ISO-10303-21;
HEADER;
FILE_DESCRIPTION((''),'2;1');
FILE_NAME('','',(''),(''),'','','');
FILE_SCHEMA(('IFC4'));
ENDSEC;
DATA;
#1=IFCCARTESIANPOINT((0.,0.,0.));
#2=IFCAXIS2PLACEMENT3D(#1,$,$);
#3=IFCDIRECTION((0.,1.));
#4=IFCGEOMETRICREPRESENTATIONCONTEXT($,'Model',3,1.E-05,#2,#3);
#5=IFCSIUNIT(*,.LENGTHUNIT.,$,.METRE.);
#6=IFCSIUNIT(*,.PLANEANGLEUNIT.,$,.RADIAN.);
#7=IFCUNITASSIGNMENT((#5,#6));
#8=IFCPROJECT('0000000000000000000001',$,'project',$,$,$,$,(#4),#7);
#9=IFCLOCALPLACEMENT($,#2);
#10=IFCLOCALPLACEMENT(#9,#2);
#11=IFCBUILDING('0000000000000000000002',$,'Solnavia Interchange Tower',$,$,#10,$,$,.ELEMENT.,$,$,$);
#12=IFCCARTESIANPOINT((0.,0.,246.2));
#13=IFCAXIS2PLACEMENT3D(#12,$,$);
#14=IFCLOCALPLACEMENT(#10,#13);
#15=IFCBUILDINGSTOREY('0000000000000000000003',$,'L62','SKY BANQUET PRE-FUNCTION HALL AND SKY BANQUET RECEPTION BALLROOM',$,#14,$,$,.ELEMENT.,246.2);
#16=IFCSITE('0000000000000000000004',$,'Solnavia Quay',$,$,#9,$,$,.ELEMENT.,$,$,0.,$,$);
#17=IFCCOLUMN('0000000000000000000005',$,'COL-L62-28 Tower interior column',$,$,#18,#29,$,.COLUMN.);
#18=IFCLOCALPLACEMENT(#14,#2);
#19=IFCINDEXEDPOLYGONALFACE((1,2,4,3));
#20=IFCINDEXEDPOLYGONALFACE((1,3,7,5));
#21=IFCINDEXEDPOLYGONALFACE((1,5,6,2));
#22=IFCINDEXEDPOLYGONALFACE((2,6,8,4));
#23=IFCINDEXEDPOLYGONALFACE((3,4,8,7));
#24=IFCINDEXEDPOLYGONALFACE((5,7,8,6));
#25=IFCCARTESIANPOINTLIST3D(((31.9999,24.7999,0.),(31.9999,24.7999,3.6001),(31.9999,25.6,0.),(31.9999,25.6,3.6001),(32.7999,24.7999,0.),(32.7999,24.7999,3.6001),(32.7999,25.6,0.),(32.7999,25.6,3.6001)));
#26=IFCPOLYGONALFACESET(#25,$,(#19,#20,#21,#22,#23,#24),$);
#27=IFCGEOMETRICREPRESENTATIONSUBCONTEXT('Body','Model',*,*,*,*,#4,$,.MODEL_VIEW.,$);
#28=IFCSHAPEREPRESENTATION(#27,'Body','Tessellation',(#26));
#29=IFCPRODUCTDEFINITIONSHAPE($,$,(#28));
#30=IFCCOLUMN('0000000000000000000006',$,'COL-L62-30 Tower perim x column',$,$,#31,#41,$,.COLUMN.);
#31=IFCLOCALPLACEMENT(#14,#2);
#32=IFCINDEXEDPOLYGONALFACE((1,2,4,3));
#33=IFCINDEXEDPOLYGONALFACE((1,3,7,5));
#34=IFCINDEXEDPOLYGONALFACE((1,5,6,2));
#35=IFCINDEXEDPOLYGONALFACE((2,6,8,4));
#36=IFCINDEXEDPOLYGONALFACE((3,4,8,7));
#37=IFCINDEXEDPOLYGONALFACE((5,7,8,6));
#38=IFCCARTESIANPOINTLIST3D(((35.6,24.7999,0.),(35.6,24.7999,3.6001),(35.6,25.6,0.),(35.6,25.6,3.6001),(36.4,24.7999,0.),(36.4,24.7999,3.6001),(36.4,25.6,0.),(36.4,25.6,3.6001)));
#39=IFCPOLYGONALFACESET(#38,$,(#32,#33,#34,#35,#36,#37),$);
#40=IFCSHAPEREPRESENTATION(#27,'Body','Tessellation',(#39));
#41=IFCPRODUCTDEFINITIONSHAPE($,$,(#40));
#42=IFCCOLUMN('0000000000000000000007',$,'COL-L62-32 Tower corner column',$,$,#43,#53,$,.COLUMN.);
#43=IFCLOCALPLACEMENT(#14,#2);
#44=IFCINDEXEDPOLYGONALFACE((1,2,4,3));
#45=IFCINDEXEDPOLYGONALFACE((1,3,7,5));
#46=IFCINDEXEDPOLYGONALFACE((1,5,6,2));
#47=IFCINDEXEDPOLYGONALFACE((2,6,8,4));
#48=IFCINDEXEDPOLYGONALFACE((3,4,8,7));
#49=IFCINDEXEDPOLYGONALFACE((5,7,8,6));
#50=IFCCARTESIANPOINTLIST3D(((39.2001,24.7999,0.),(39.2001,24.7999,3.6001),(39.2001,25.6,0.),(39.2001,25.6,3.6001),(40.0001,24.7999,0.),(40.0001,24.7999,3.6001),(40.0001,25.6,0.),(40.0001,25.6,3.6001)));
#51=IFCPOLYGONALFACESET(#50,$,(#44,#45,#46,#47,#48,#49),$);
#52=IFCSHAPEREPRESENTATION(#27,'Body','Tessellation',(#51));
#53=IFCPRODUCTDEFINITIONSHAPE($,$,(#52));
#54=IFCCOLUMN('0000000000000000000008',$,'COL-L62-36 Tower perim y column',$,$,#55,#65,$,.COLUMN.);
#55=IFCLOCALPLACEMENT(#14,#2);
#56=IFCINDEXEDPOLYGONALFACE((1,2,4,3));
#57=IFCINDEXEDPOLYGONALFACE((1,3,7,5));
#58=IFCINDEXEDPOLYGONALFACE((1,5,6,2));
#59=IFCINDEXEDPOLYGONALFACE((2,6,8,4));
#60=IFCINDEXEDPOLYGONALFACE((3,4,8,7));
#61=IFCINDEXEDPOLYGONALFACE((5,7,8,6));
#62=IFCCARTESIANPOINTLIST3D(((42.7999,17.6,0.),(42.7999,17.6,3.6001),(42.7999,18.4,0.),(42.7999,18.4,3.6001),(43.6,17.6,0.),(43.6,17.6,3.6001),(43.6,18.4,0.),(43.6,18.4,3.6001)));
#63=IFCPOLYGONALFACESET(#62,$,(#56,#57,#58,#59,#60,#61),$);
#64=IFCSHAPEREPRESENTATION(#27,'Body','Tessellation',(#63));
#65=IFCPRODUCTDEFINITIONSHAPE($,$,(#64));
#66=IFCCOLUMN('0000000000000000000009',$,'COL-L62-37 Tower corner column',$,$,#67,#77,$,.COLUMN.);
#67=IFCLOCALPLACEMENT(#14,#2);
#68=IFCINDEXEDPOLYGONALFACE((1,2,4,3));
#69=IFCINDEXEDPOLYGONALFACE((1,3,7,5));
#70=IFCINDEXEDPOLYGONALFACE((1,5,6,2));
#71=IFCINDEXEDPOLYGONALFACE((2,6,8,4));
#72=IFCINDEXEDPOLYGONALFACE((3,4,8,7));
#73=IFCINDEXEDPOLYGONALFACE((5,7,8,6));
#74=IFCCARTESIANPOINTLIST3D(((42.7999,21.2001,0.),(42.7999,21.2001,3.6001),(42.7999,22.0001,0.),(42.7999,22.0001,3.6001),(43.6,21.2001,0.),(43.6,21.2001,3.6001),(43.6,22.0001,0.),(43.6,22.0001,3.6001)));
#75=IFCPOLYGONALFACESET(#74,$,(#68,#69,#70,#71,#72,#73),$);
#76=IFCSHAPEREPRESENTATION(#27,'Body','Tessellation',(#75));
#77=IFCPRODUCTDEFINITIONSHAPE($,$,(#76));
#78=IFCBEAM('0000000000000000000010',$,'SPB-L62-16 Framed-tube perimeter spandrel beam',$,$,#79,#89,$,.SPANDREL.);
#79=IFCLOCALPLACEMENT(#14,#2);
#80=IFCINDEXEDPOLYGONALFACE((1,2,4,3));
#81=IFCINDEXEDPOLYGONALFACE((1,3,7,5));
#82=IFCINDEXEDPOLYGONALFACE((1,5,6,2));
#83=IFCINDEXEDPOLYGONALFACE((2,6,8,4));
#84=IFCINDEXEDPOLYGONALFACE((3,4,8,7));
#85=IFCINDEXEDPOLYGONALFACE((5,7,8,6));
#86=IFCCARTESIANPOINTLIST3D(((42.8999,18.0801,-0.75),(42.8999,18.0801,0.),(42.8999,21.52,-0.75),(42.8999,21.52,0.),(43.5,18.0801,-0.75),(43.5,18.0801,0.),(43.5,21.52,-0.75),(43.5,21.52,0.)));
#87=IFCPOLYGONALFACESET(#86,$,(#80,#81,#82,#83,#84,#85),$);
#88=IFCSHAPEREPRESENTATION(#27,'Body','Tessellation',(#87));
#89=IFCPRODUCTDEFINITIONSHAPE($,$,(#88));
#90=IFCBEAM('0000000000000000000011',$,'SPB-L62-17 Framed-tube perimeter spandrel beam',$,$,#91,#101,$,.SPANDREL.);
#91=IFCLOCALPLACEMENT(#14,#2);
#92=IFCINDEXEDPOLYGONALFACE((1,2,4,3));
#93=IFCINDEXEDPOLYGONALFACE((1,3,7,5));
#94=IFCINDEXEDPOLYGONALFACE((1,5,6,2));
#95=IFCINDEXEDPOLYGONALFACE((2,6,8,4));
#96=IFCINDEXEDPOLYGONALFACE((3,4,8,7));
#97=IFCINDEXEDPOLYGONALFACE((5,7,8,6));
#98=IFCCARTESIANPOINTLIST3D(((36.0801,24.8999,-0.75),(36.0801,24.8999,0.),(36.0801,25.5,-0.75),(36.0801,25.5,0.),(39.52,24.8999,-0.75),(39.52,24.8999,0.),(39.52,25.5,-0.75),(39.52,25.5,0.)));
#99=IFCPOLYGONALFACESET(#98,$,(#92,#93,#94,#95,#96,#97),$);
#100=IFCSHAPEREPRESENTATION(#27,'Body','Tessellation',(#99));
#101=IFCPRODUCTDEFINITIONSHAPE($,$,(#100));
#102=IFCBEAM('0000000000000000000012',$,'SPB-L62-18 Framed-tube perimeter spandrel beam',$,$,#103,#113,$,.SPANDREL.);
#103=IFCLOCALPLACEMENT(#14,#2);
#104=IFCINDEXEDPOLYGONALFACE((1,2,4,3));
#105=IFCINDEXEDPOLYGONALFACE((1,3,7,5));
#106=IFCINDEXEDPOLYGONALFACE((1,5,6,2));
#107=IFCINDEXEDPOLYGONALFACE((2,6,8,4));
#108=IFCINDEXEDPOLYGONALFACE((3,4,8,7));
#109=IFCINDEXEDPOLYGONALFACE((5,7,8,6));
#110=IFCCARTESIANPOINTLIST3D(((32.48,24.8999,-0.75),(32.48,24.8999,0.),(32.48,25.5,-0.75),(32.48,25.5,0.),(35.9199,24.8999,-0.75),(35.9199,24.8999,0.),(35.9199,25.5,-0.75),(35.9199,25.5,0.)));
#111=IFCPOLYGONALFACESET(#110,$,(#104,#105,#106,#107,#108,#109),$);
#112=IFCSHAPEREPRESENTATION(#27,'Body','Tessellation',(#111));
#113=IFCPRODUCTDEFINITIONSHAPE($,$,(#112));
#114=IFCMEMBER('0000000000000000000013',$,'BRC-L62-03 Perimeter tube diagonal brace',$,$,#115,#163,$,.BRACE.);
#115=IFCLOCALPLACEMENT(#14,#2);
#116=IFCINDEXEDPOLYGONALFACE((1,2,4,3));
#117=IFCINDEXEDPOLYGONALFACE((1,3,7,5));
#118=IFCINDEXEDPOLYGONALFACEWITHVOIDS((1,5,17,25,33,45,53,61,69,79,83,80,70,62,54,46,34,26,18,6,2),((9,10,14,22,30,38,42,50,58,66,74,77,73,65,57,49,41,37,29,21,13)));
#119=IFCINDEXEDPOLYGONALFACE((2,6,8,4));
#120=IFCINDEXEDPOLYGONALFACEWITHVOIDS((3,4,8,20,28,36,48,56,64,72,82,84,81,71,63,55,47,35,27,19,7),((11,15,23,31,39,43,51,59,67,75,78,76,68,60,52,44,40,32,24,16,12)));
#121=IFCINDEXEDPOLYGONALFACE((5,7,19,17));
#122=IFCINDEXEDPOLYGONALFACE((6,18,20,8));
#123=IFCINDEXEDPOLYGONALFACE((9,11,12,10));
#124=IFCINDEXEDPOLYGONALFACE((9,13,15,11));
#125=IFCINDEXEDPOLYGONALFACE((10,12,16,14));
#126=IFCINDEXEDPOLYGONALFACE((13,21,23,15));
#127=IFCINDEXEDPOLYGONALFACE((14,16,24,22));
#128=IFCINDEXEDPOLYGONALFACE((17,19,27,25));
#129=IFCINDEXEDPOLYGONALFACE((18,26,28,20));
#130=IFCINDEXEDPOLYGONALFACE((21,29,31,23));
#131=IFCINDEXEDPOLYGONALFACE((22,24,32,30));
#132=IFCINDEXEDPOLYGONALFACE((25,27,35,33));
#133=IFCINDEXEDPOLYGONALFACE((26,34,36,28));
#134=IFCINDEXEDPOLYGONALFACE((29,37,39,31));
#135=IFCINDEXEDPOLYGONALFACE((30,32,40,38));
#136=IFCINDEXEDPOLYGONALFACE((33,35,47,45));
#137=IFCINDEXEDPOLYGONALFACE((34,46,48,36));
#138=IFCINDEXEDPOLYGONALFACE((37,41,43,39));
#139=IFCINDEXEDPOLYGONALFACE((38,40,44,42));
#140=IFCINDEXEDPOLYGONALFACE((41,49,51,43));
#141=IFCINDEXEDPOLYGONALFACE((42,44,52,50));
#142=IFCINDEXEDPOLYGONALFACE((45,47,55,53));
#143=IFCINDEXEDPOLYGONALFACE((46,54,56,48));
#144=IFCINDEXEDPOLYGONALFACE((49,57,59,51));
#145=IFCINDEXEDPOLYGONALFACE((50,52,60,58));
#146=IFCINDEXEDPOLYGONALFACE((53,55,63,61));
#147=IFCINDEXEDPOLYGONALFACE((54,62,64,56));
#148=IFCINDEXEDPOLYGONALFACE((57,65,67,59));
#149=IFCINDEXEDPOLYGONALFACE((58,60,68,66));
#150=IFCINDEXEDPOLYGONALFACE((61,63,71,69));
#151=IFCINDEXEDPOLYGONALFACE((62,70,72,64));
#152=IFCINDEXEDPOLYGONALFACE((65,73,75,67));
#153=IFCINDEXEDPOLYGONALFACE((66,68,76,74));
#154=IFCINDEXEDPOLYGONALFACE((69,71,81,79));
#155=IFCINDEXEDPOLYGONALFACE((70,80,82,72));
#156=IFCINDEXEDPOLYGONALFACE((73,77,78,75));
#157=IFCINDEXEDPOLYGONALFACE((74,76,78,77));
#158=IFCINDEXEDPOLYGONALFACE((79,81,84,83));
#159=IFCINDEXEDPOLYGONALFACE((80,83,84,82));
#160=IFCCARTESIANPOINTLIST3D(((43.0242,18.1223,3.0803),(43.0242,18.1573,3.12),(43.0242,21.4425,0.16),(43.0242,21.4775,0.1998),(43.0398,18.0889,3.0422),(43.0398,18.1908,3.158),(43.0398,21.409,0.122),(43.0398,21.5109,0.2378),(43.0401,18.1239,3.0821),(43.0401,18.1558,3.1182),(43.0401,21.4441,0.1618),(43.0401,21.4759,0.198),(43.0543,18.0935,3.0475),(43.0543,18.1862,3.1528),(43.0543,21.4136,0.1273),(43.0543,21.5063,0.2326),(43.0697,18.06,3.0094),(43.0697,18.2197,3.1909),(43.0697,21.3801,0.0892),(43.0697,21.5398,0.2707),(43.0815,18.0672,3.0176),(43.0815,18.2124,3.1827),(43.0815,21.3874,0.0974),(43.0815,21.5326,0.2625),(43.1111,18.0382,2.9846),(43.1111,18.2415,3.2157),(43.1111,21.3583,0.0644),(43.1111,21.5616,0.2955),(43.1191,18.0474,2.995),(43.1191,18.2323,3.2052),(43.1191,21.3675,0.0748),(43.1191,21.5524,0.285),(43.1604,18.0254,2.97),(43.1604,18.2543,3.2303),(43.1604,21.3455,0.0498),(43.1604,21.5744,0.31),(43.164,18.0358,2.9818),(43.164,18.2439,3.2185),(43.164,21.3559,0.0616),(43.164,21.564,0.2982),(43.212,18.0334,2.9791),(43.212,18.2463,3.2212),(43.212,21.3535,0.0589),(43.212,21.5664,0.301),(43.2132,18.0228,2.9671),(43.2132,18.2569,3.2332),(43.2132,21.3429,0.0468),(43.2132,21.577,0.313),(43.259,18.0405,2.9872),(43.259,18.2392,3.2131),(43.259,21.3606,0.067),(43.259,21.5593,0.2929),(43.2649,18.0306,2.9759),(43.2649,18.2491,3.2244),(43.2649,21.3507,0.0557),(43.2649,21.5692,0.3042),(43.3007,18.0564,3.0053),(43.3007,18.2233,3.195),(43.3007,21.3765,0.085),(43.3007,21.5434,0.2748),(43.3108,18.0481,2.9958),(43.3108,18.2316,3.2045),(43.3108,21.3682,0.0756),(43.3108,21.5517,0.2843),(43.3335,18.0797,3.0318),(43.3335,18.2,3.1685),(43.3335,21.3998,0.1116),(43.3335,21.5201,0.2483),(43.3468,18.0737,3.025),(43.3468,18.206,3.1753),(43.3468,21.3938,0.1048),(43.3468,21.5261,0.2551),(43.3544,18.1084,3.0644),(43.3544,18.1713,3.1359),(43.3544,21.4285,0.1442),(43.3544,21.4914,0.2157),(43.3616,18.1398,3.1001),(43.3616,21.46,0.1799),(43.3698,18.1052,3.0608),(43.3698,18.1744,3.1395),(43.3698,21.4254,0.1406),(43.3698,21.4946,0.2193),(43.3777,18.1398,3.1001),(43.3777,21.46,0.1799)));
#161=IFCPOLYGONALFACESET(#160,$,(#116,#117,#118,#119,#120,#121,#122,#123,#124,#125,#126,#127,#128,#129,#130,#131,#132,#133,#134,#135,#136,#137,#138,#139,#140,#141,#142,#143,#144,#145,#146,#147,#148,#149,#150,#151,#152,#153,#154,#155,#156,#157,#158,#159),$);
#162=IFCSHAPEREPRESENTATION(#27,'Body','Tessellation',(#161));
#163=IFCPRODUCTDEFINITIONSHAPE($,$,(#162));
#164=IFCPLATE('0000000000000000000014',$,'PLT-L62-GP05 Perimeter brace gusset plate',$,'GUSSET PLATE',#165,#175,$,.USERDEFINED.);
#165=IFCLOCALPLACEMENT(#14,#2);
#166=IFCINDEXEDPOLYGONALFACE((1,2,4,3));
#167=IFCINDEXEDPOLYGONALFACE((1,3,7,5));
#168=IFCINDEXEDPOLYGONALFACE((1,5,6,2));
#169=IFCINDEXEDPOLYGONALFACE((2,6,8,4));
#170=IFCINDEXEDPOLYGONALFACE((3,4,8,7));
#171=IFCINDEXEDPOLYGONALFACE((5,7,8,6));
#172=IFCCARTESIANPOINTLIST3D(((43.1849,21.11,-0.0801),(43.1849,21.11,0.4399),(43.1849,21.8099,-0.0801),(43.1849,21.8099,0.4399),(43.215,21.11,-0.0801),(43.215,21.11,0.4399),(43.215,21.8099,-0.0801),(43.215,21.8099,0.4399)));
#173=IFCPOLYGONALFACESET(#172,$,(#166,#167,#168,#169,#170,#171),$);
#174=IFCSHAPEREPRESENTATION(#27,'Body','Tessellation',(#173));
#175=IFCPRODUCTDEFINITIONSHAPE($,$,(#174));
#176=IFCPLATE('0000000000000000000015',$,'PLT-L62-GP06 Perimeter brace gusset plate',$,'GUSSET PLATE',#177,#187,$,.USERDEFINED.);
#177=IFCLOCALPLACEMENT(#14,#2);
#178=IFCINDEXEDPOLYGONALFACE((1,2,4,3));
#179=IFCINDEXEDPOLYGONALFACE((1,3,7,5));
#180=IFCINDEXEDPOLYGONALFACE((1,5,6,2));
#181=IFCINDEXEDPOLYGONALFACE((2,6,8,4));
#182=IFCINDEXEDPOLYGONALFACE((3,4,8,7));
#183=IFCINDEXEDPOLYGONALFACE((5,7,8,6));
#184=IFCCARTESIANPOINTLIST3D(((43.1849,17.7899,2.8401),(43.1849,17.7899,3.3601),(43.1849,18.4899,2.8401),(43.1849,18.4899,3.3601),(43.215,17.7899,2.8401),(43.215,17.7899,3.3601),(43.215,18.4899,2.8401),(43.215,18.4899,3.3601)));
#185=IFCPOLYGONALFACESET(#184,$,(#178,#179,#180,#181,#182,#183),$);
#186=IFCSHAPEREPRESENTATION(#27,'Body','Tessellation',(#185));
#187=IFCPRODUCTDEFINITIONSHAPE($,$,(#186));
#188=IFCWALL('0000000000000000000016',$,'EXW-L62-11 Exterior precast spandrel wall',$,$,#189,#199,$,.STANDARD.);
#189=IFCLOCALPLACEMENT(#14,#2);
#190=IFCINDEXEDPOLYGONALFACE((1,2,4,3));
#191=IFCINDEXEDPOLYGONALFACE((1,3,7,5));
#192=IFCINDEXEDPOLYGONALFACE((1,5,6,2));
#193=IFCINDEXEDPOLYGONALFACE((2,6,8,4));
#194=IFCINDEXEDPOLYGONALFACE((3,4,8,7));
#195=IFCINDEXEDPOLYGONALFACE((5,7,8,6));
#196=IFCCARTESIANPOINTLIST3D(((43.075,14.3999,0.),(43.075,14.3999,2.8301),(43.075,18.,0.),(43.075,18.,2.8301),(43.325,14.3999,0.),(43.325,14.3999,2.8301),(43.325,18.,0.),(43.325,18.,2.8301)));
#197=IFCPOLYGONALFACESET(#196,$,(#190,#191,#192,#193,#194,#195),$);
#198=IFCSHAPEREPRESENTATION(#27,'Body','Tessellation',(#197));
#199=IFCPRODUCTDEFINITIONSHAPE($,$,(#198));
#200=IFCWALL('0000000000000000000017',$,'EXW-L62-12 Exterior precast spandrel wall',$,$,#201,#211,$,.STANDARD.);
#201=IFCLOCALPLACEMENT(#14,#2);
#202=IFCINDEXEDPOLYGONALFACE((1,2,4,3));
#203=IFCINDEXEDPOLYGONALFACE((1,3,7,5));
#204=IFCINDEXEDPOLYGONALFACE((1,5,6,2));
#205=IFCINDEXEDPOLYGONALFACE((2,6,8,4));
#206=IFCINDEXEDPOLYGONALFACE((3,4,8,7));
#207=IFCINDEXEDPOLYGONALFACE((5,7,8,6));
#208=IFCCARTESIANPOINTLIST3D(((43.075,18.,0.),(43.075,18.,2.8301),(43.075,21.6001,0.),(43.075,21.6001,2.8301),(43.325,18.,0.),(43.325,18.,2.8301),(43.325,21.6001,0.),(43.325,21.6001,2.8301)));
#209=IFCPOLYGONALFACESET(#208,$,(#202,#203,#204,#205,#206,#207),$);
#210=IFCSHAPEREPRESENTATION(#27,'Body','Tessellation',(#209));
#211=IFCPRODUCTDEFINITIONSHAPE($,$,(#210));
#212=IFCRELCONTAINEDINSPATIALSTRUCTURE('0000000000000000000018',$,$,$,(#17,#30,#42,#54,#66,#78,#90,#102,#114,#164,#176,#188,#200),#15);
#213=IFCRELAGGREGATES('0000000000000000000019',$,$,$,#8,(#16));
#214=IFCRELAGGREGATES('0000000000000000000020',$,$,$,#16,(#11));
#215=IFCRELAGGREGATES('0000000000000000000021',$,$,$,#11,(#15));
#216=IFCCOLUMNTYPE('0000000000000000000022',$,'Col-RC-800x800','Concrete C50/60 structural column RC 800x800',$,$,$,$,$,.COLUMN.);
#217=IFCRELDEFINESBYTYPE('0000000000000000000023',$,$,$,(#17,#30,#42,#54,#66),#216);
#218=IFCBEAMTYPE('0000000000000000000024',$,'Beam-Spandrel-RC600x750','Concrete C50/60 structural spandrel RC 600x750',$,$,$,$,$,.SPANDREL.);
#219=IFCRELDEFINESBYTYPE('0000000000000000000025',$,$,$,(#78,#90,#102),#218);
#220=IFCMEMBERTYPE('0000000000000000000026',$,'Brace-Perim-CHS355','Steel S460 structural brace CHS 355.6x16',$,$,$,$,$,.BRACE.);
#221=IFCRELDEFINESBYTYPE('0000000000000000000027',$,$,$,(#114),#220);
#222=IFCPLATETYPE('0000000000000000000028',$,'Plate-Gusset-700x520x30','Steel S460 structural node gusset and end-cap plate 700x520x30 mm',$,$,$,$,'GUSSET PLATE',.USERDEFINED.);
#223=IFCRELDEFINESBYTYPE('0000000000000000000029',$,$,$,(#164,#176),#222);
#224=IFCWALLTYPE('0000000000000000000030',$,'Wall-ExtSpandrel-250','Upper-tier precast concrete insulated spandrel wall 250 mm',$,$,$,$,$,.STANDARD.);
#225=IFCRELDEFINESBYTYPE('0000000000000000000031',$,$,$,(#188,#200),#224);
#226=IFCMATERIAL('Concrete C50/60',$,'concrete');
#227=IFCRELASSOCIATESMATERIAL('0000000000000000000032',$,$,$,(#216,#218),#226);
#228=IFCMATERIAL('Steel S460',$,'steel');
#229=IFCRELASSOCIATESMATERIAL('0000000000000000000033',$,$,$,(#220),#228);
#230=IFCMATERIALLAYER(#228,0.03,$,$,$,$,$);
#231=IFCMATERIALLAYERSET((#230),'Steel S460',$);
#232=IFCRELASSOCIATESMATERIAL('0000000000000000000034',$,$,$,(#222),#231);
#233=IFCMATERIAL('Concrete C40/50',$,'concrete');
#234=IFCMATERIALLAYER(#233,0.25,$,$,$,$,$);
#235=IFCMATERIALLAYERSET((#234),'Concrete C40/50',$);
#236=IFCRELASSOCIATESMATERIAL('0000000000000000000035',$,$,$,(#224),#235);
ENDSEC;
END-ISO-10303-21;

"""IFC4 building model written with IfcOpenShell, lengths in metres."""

from ifc_helpers import new_model, si_unit, direction, frame, frame_2d, origin, origin_2d, place, context, subcontext, project, spatial, rectangle, hollow_circle, extrude, material, layer, layer_set, material_profile, profile_set, type_object, element, save


model = new_model("IFC4")

# Units and contexts
model_context = context("Model", 3, precision=1e-05, world=origin(), true_north=direction((0.0, 1.0)))
body_context = subcontext(model_context, "Body", "Model", "MODEL_VIEW")
ifc_project = project(units=[si_unit("LENGTHUNIT", "METRE"), si_unit("PLANEANGLEUNIT", "RADIAN")], contexts=[model_context])

# Site, building, storey
site_placement = place(None, origin())
site = spatial("IfcSite", under=ifc_project, at=site_placement, Name="Solnavia Quay", CompositionType="ELEMENT", RefElevation=0.0)
building_placement = place(site_placement, origin())
building = spatial("IfcBuilding", under=site, at=building_placement, Name="Solnavia Interchange Tower", CompositionType="ELEMENT")
storey_placement = place(building_placement, frame((0.0, 0.0, 246.2)))
storey = spatial("IfcBuildingStorey", under=building, at=storey_placement, Name="L62", Description="SKY BANQUET PRE-FUNCTION HALL AND SKY BANQUET RECEPTION BALLROOM", CompositionType="ELEMENT", Elevation=246.2)

# Columns
ifc_material_1 = material(Name="Concrete C50/60", Category="concrete")
ifc_material_profile_1 = material_profile(ifc_material_1, rectangle(XDim=0.8, YDim=0.8, at=origin_2d()), Name="RC 800x800")
ifc_profile_set_1 = profile_set([ifc_material_profile_1], Name="Concrete C50/60")
column_type = type_object("IfcColumnType", Name="Col-RC-800x800", Description="Concrete C50/60 structural column RC 800x800", PredefinedType="COLUMN", material=ifc_profile_set_1)
for number, where, z_axis, x_axis, name in (
    (1, (32.3999, 25.2, 0.0), (0.0, 0.0, 1.0), (1.0, 0.0, 0.0), "COL-L62-28 Tower interior column"),
    (2, (36.0, 25.2, 0.0), (0.0, 0.0, 1.0), (1.0, 0.0, 0.0), "COL-L62-30 Tower perim x column"),
    (3, (39.6001, 25.2, 0.0), (0.0, 0.0, 1.0), (1.0, 0.0, 0.0), "COL-L62-32 Tower corner column"),
    (4, (43.2, 18.0, 0.0), (0.0, 0.0, 1.0), (0.0, 1.0, 0.0), "COL-L62-36 Tower perim y column"),
    (5, (43.2, 21.6001, 0.0), (0.0, 0.0, 1.0), (0.0, 1.0, 0.0), "COL-L62-37 Tower corner column"),
):
    element("IfcColumn", number, at=place(storey_placement, frame(where, z_axis=z_axis, x_axis=x_axis)), inside=storey, type_object=column_type, Name=name, PredefinedType="COLUMN", context=body_context, shape_type="SweptSolid", body=[
        extrude(rectangle(XDim=0.8, YDim=0.8, at=origin_2d()), origin(), (0.0, 0.0, 1.0), 3.6001),
    ])

# Beams
ifc_material_profile_2 = material_profile(ifc_material_1, rectangle(XDim=0.6001, YDim=0.75, at=origin_2d()), Name="RC 600x750")
ifc_profile_set_2 = profile_set([ifc_material_profile_2], Name="Concrete C50/60")
beam_type = type_object("IfcBeamType", Name="Beam-Spandrel-RC600x750", Description="Concrete C50/60 structural spandrel RC 600x750", PredefinedType="SPANDREL", material=ifc_profile_set_2)
for number, where, z_axis, x_axis, name in (
    (6, (43.2, 18.0801, -0.375), (0.0, 1.0, 0.0), (-1.0, 0.0, 0.0), "SPB-L62-16 Framed-tube perimeter spandrel beam"),
    (7, (39.52, 25.2, -0.375), (-1.0, 0.0, 0.0), (0.0, -1.0, 0.0), "SPB-L62-17 Framed-tube perimeter spandrel beam"),
    (8, (35.9199, 25.2, -0.375), (-1.0, 0.0, 0.0), (0.0, -1.0, 0.0), "SPB-L62-18 Framed-tube perimeter spandrel beam"),
):
    element("IfcBeam", number, at=place(storey_placement, frame(where, z_axis=z_axis, x_axis=x_axis)), inside=storey, type_object=beam_type, Name=name, PredefinedType="SPANDREL", context=body_context, shape_type="SweptSolid", body=[
        extrude(rectangle(XDim=0.6001, YDim=0.75, at=origin_2d()), origin(), (0.0, 0.0, 1.0), 3.4399),
    ])

# Member
ifc_material_2 = material(Name="Steel S460", Category="steel")
ifc_material_profile_3 = material_profile(ifc_material_2, hollow_circle(Radius=0.1777, WallThickness=0.0161, at=origin_2d()), Name="CHS 355.6x16")
ifc_profile_set_3 = profile_set([ifc_material_profile_3], Name="Steel S460")
member_type = type_object("IfcMemberType", Name="Brace-Perim-CHS355", Description="Steel S460 structural brace CHS 355.6x16", PredefinedType="BRACE", material=ifc_profile_set_3)
member_placement = place(storey_placement, frame((43.2, 21.46, 0.1799), z_axis=(0.0, -0.750881, 0.660437), x_axis=(1.0, 0.0, 0.0)))
element("IfcMember", 9, at=member_placement, inside=storey, type_object=member_type, Name="BRC-L62-03 Perimeter tube diagonal brace", PredefinedType="BRACE", context=body_context, shape_type="SweptSolid", body=[
    extrude(hollow_circle(Radius=0.1777, WallThickness=0.0161, at=origin_2d()), origin(), (0.0, 0.0, 1.0), 4.4216),
])

# Plates
ifc_layer_1 = layer(ifc_material_2, 0.03)
ifc_layer_set_1 = layer_set([ifc_layer_1], Name="Steel S460")
plate_type = type_object("IfcPlateType", Name="Plate-Gusset-700x520x30", Description="Steel S460 structural node gusset and end-cap plate 700x520x30 mm", ElementType="GUSSET PLATE", PredefinedType="USERDEFINED", material=ifc_layer_set_1)
for number, where, z_axis, x_axis, name in (
    (10, (43.2, 21.46, -0.0801), (0.0, 0.0, 1.0), (0.0, -1.0, 0.0), "PLT-L62-GP05 Perimeter brace gusset plate"),
    (11, (43.2, 18.1399, 2.8401), (0.0, 0.0, 1.0), (0.0, -1.0, 0.0), "PLT-L62-GP06 Perimeter brace gusset plate"),
):
    element("IfcPlate", number, at=place(storey_placement, frame(where, z_axis=z_axis, x_axis=x_axis)), inside=storey, type_object=plate_type, Name=name, ObjectType="GUSSET PLATE", PredefinedType="USERDEFINED", context=body_context, shape_type="SweptSolid", body=[
        extrude(rectangle(XDim=0.7, YDim=0.03, at=origin_2d()), origin(), (0.0, 0.0, 1.0), 0.52),
    ])

# Walls
ifc_material_3 = material(Name="Concrete C40/50", Category="concrete")
ifc_layer_2 = layer(ifc_material_3, 0.25)
ifc_layer_set_2 = layer_set([ifc_layer_2], Name="Concrete C40/50")
wall_type_1 = type_object("IfcWallType", Name="Wall-ExtSpandrel-250", Description="Upper-tier precast concrete insulated spandrel wall 250 mm", PredefinedType="STANDARD", material=ifc_layer_set_2)
for number, where, z_axis, x_axis, name in (
    (12, (43.2, 18.0, 0.0), (0.0, 0.0, 1.0), (0.0, -1.0, 0.0), "EXW-L62-11 Exterior precast spandrel wall"),
    (13, (43.2, 21.6001, 0.0), (0.0, 0.0, 1.0), (0.0, -1.0, 0.0), "EXW-L62-12 Exterior precast spandrel wall"),
):
    element("IfcWall", number, at=place(storey_placement, frame(where, z_axis=z_axis, x_axis=x_axis)), inside=storey, type_object=wall_type_1, Name=name, PredefinedType="STANDARD", context=body_context, shape_type="SweptSolid", body=[
        extrude(rectangle(XDim=3.6001, YDim=0.25, at=frame_2d((1.8, 0.0))), origin(), (0.0, 0.0, 1.0), 2.8301),
    ])

save(model, "model.ifc")
